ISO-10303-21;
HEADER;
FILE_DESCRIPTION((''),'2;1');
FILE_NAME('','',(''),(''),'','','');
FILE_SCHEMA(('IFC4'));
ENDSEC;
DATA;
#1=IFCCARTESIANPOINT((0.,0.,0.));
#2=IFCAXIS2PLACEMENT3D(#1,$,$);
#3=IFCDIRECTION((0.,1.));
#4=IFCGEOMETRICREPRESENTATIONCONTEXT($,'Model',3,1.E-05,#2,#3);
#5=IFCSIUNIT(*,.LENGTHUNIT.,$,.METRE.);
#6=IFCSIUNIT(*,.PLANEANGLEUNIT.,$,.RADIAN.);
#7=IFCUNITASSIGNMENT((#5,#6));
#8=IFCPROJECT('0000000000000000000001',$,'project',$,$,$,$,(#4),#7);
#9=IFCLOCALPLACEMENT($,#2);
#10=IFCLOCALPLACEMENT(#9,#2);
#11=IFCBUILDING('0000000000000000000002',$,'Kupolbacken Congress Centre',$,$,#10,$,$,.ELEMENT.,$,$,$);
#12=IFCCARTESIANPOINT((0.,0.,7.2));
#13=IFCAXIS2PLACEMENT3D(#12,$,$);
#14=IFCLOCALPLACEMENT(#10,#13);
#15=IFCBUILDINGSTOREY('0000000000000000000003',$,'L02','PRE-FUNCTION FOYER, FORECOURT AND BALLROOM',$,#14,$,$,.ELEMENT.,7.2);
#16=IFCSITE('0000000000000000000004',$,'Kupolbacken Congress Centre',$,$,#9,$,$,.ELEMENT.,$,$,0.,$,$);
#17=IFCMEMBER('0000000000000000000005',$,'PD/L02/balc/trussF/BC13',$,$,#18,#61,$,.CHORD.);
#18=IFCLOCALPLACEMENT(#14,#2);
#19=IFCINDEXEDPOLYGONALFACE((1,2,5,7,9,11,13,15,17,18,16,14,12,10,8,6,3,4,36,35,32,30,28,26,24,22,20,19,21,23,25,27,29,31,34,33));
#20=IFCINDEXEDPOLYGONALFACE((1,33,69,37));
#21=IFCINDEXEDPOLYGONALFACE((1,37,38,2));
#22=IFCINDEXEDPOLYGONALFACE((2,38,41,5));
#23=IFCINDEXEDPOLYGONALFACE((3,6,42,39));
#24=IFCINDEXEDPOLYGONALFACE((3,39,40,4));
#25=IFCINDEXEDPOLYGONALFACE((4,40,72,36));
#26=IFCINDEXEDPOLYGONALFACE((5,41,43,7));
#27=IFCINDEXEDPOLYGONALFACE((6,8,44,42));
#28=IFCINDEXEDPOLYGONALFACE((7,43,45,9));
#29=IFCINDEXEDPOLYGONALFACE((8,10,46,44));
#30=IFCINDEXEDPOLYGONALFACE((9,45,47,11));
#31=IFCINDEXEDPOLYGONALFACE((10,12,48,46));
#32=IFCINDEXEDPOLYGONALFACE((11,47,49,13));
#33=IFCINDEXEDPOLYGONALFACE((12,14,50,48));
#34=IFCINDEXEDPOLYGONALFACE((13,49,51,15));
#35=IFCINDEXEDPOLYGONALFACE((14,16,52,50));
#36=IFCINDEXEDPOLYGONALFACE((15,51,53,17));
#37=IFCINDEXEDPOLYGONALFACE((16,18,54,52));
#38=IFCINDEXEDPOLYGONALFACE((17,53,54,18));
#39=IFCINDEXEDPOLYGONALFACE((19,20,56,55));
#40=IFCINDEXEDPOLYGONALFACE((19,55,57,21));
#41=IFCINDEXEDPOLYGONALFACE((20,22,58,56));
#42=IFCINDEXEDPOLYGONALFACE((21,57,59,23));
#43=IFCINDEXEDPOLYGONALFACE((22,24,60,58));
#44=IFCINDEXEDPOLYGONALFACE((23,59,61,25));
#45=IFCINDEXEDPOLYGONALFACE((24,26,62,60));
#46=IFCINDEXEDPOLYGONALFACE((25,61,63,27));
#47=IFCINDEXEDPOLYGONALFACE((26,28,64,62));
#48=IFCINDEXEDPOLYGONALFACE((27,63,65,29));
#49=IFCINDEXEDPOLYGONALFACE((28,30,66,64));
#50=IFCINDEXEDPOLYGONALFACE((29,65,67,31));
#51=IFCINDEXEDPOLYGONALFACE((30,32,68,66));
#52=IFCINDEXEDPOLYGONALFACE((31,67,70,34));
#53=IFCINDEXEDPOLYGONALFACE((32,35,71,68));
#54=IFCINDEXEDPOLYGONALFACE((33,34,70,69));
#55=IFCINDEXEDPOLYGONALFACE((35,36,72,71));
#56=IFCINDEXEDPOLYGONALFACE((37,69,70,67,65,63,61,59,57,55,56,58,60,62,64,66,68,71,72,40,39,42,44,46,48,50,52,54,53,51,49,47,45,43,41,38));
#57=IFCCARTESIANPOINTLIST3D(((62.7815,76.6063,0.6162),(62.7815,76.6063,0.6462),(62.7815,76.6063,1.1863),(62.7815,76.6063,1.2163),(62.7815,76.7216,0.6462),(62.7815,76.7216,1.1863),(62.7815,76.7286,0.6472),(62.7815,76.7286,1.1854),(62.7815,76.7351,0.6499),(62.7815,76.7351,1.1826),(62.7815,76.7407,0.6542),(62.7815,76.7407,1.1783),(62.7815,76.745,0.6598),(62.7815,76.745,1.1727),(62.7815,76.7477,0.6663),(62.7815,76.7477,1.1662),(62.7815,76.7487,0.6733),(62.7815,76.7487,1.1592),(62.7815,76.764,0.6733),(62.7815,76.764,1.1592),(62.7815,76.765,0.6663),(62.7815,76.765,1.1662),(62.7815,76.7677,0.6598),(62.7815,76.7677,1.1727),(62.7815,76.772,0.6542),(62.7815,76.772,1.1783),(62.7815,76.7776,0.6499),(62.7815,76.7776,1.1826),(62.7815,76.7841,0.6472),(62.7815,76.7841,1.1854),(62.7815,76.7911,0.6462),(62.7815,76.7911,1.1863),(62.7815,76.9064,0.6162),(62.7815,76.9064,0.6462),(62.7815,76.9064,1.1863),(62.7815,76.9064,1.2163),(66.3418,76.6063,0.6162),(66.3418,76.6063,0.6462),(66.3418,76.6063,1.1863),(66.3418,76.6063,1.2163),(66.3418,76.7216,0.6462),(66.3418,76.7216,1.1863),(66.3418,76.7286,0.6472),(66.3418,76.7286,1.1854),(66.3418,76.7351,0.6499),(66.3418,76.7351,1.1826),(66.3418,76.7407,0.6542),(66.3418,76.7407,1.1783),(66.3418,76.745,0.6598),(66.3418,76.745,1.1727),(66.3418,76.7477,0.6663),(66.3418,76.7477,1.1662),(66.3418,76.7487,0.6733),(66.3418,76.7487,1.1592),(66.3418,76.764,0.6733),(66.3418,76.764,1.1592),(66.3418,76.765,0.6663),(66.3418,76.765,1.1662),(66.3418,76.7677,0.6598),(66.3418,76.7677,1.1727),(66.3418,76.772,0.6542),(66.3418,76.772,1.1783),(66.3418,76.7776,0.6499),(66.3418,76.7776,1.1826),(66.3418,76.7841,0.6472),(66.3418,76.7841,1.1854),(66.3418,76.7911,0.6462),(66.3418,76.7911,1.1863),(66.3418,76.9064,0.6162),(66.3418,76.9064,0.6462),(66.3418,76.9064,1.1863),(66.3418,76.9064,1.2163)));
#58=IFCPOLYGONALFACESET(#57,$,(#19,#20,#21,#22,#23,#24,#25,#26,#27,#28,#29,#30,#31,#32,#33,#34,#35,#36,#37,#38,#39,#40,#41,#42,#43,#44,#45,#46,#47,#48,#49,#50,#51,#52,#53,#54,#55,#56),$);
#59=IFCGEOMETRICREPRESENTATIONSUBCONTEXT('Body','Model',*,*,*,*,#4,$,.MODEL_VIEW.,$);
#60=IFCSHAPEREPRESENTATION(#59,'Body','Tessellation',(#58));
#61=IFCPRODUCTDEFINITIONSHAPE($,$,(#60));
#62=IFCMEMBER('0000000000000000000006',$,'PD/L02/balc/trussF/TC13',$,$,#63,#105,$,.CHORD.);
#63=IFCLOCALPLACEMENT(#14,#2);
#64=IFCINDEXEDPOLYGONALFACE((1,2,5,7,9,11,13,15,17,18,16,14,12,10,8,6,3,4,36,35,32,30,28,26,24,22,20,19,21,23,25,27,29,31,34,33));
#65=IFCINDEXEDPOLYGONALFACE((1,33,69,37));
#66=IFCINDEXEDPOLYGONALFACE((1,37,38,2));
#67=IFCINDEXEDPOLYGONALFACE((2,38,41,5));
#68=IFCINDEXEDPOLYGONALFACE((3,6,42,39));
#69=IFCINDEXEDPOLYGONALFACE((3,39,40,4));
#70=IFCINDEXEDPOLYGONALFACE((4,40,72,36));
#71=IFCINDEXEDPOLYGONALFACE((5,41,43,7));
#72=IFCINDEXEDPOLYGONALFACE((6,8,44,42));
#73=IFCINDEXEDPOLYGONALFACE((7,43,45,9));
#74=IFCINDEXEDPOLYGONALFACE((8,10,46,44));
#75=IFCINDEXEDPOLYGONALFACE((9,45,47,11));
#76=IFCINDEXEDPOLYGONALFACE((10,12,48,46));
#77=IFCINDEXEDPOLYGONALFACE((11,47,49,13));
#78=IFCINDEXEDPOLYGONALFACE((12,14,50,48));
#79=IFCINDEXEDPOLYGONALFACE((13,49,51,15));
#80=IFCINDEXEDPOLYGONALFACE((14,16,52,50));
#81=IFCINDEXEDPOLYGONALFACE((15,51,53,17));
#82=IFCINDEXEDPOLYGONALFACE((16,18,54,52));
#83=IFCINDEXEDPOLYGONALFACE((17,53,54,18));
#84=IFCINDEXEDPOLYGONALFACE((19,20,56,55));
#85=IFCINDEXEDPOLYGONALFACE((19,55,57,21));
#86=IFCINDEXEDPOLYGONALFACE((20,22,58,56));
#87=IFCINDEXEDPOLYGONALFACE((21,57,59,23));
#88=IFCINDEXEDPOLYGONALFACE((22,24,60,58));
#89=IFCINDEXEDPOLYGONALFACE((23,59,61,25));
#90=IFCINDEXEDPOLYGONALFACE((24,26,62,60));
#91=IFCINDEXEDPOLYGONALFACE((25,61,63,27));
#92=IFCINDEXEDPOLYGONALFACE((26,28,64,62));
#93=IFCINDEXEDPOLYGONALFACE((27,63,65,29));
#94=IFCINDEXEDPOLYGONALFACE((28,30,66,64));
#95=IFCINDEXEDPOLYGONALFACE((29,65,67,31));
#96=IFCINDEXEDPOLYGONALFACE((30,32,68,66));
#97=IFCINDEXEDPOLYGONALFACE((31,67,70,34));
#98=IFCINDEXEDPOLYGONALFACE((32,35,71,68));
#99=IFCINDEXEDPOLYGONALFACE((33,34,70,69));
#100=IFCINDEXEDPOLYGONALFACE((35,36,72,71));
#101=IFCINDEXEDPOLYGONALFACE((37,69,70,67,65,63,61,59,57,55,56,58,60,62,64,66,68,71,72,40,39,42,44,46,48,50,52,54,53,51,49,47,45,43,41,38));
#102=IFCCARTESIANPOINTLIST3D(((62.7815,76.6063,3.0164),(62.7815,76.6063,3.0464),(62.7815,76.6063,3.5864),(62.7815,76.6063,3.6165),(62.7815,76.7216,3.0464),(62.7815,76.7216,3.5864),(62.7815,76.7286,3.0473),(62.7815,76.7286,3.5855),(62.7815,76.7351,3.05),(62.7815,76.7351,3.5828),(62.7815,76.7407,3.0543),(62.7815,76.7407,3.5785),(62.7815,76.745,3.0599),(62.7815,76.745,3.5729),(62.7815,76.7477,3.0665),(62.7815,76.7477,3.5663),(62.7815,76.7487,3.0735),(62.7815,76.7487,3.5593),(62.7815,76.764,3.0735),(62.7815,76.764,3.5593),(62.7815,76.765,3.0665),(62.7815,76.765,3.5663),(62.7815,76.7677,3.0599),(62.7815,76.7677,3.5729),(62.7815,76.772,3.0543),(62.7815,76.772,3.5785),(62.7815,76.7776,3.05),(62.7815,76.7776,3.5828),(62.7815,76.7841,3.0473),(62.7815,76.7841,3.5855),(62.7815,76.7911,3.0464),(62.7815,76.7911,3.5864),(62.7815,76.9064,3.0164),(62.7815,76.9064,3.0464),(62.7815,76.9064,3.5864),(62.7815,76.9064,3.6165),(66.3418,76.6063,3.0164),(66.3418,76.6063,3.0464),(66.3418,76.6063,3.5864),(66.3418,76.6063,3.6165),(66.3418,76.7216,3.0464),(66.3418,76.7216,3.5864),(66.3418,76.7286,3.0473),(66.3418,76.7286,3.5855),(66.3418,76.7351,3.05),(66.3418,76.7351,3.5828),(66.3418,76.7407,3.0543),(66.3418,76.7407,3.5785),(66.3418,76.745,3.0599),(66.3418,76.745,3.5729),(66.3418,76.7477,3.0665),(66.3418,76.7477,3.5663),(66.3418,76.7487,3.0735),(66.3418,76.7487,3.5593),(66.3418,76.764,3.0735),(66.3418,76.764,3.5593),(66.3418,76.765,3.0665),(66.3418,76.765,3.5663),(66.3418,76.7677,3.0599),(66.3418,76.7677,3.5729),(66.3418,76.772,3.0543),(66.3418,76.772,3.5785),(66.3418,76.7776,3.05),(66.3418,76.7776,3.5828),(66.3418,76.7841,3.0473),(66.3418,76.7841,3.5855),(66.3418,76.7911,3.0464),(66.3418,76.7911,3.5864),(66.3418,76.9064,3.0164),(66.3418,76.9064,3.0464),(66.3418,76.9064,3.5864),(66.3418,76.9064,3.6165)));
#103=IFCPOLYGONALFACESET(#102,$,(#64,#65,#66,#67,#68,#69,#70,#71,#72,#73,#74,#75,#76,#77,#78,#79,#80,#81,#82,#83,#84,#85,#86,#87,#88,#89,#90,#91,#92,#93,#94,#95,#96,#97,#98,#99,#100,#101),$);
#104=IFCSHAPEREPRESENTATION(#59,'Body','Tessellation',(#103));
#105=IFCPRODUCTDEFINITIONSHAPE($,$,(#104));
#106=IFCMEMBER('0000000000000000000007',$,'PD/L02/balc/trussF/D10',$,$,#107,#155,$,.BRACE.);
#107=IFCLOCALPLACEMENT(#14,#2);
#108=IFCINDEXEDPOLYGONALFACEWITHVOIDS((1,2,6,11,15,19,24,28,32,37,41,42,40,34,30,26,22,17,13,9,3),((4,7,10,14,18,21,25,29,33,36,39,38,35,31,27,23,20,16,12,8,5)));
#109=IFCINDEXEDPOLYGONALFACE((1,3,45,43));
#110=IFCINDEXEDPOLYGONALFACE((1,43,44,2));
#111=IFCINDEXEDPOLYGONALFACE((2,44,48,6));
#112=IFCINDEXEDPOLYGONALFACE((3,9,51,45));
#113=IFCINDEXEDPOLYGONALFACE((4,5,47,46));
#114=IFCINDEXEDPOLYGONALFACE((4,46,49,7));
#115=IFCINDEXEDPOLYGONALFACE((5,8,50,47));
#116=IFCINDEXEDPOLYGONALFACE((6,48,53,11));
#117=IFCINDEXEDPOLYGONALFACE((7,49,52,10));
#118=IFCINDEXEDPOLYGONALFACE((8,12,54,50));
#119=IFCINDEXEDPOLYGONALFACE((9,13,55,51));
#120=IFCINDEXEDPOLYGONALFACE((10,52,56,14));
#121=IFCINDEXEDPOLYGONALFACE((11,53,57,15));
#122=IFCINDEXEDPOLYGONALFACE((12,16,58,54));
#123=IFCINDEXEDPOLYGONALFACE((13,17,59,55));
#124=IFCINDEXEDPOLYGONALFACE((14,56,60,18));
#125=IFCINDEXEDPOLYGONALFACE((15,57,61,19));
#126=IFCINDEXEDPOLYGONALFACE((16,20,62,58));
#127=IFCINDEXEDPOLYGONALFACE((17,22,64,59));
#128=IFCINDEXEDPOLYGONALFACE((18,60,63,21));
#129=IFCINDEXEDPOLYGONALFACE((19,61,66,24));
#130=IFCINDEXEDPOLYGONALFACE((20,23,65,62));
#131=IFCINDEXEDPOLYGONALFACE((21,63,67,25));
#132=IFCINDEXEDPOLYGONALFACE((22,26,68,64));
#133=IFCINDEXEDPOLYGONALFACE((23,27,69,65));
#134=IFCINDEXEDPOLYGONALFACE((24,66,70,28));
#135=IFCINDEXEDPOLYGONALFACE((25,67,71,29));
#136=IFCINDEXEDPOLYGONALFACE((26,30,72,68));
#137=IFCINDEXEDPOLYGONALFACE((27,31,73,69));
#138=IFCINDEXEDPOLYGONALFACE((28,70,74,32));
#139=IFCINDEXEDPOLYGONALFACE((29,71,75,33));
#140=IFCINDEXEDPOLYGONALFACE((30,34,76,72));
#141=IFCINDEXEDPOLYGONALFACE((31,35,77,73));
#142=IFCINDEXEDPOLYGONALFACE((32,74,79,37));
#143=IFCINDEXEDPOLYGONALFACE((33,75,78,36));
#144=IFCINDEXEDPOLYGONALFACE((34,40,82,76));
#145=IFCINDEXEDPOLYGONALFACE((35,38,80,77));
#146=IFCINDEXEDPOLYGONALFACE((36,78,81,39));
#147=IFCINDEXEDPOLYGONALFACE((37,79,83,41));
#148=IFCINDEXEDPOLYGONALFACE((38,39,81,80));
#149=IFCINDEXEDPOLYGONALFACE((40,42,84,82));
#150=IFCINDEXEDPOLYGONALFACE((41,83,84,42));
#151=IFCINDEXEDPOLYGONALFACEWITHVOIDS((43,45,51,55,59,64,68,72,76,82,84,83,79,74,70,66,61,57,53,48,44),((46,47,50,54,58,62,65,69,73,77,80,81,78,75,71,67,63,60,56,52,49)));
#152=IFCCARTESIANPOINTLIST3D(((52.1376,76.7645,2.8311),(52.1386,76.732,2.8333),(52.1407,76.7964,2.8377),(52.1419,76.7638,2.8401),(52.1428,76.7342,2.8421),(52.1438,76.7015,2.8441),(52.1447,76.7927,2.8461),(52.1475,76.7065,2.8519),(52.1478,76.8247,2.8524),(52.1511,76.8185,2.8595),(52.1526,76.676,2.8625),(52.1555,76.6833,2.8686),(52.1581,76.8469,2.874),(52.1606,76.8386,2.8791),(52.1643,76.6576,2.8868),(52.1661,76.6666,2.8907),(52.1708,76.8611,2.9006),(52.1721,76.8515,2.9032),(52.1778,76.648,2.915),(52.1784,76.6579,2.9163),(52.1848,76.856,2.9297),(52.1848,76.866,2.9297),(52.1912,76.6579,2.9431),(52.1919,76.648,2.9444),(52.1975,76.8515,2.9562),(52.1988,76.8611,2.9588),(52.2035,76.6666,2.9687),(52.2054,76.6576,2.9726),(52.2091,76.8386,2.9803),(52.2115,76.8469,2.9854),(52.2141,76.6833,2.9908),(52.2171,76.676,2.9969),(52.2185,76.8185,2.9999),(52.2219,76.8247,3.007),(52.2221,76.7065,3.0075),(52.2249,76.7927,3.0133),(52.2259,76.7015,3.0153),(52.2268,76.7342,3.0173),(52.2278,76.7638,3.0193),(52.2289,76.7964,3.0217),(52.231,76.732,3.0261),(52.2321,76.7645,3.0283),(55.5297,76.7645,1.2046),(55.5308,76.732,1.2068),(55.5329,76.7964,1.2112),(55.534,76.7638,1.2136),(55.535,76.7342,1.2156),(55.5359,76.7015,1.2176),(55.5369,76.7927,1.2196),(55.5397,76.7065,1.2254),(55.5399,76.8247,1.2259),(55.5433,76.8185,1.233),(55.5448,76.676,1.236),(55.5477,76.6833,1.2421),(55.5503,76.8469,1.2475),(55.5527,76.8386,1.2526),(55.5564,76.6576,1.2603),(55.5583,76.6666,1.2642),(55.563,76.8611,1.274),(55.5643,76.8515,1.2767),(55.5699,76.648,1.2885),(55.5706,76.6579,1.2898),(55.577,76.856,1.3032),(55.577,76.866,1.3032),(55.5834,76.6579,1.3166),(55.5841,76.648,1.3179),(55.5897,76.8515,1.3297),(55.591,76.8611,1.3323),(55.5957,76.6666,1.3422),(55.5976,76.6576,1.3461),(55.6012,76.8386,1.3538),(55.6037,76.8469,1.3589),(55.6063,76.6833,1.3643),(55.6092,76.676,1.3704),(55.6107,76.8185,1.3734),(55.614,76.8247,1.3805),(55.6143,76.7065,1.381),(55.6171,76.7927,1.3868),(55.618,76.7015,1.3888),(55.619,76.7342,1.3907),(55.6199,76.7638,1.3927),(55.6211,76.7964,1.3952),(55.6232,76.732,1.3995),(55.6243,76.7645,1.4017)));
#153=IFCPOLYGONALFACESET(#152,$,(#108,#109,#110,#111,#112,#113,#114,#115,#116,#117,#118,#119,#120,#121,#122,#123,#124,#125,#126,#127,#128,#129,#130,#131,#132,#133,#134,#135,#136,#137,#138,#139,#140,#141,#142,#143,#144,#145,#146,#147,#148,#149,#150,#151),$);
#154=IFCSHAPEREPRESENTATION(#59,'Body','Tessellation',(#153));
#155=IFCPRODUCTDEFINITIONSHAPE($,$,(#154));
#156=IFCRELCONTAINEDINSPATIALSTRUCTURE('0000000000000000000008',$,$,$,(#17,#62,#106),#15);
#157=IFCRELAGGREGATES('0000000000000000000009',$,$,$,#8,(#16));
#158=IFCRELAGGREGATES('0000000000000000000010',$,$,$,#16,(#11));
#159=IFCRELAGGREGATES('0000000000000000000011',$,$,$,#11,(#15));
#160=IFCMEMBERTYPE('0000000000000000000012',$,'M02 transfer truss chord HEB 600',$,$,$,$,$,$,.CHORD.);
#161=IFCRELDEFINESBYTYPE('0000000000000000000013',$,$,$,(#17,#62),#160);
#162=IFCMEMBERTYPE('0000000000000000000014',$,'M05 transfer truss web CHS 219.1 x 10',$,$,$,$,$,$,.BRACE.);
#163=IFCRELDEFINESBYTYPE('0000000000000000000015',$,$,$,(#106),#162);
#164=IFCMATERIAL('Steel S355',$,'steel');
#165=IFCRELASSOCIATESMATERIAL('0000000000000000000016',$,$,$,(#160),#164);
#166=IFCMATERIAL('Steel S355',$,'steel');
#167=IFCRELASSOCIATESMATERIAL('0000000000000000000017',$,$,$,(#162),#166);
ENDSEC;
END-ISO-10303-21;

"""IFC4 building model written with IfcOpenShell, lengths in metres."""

from ifc_helpers import new_model, si_unit, direction, frame, origin, origin_2d, place, context, subcontext, project, spatial, hollow_circle, i_section, extrude, material, material_profile, profile_set, type_object, element, save


model = new_model("IFC4")

# Units and contexts
model_context = context("Model", 3, precision=1e-05, world=origin(), true_north=direction((0.0, 1.0)))
body_context = subcontext(model_context, "Body", "Model", "MODEL_VIEW")
ifc_project = project(units=[si_unit("LENGTHUNIT", "METRE"), si_unit("PLANEANGLEUNIT", "RADIAN")], contexts=[model_context])

# Site, building, storey
site_placement = place(None, origin())
site = spatial("IfcSite", under=ifc_project, at=site_placement, Name="Kupolbacken Congress Centre", CompositionType="ELEMENT", RefElevation=0.0)
building_placement = place(site_placement, origin())
building = spatial("IfcBuilding", under=site, at=building_placement, Name="Kupolbacken Congress Centre", CompositionType="ELEMENT")
storey_placement = place(building_placement, frame((0.0, 0.0, 7.2)))
storey = spatial("IfcBuildingStorey", under=building, at=storey_placement, Name="L02", Description="PRE-FUNCTION FOYER, FORECOURT AND BALLROOM", CompositionType="ELEMENT", Elevation=7.2)

# Members
ifc_material_1 = material(Name="Steel S355", Category="steel")
ifc_material_profile_1 = material_profile(ifc_material_1, i_section(OverallWidth=0.3, OverallDepth=0.6001, WebThickness=0.0154, FlangeThickness=0.03, FilletRadius=0.0271, at=origin_2d()), Name="HEB 600")
ifc_profile_set_1 = profile_set([ifc_material_profile_1], Name="Steel S355")
member_type_1 = type_object("IfcMemberType", Name="M02 transfer truss chord HEB 600", PredefinedType="CHORD", material=ifc_profile_set_1)
for number, where, z_axis, x_axis, name in (
    (1, (62.7815, 76.7563, 0.9163), (1.0, 0.0, 0.0), (0.0, 1.0, 0.0), "PD/L02/balc/trussF/BC13"),
    (2, (62.7815, 76.7563, 3.3164), (1.0, 0.0, 0.0), (0.0, 1.0, 0.0), "PD/L02/balc/trussF/TC13"),
):
    element("IfcMember", number, at=place(storey_placement, frame(where, z_axis=z_axis, x_axis=x_axis)), inside=storey, type_object=member_type_1, Name=name, PredefinedType="CHORD", context=body_context, shape_type="SweptSolid", body=[
        extrude(i_section(OverallWidth=0.3, OverallDepth=0.6001, WebThickness=0.0154, FlangeThickness=0.03, FilletRadius=0.0271, at=origin_2d()), origin(), (0.0, 0.0, 1.0), 3.5603),
    ])
ifc_material_2 = material(Name="Steel S355", Category="steel")
ifc_material_profile_2 = material_profile(ifc_material_2, hollow_circle(Radius=0.1096, WallThickness=0.01, at=origin_2d()), Name="CHS 219.1 x 10")
ifc_profile_set_2 = profile_set([ifc_material_profile_2], Name="Steel S355")
member_type_2 = type_object("IfcMemberType", Name="M05 transfer truss web CHS 219.1 x 10", PredefinedType="BRACE", material=ifc_profile_set_2)
member_1_placement = place(storey_placement, frame((52.1848, 76.7563, 2.9297), z_axis=(0.901703, 0.0, -0.432355), x_axis=(0.0, 1.0, 0.0)))
element("IfcMember", 3, at=member_1_placement, inside=storey, type_object=member_type_2, Name="PD/L02/balc/trussF/D10", PredefinedType="BRACE", context=body_context, shape_type="SweptSolid", body=[
    extrude(hollow_circle(Radius=0.1096, WallThickness=0.01, at=origin_2d()), origin(), (0.0, 0.0, 1.0), 3.762),
])

save(model, "model.ifc")
